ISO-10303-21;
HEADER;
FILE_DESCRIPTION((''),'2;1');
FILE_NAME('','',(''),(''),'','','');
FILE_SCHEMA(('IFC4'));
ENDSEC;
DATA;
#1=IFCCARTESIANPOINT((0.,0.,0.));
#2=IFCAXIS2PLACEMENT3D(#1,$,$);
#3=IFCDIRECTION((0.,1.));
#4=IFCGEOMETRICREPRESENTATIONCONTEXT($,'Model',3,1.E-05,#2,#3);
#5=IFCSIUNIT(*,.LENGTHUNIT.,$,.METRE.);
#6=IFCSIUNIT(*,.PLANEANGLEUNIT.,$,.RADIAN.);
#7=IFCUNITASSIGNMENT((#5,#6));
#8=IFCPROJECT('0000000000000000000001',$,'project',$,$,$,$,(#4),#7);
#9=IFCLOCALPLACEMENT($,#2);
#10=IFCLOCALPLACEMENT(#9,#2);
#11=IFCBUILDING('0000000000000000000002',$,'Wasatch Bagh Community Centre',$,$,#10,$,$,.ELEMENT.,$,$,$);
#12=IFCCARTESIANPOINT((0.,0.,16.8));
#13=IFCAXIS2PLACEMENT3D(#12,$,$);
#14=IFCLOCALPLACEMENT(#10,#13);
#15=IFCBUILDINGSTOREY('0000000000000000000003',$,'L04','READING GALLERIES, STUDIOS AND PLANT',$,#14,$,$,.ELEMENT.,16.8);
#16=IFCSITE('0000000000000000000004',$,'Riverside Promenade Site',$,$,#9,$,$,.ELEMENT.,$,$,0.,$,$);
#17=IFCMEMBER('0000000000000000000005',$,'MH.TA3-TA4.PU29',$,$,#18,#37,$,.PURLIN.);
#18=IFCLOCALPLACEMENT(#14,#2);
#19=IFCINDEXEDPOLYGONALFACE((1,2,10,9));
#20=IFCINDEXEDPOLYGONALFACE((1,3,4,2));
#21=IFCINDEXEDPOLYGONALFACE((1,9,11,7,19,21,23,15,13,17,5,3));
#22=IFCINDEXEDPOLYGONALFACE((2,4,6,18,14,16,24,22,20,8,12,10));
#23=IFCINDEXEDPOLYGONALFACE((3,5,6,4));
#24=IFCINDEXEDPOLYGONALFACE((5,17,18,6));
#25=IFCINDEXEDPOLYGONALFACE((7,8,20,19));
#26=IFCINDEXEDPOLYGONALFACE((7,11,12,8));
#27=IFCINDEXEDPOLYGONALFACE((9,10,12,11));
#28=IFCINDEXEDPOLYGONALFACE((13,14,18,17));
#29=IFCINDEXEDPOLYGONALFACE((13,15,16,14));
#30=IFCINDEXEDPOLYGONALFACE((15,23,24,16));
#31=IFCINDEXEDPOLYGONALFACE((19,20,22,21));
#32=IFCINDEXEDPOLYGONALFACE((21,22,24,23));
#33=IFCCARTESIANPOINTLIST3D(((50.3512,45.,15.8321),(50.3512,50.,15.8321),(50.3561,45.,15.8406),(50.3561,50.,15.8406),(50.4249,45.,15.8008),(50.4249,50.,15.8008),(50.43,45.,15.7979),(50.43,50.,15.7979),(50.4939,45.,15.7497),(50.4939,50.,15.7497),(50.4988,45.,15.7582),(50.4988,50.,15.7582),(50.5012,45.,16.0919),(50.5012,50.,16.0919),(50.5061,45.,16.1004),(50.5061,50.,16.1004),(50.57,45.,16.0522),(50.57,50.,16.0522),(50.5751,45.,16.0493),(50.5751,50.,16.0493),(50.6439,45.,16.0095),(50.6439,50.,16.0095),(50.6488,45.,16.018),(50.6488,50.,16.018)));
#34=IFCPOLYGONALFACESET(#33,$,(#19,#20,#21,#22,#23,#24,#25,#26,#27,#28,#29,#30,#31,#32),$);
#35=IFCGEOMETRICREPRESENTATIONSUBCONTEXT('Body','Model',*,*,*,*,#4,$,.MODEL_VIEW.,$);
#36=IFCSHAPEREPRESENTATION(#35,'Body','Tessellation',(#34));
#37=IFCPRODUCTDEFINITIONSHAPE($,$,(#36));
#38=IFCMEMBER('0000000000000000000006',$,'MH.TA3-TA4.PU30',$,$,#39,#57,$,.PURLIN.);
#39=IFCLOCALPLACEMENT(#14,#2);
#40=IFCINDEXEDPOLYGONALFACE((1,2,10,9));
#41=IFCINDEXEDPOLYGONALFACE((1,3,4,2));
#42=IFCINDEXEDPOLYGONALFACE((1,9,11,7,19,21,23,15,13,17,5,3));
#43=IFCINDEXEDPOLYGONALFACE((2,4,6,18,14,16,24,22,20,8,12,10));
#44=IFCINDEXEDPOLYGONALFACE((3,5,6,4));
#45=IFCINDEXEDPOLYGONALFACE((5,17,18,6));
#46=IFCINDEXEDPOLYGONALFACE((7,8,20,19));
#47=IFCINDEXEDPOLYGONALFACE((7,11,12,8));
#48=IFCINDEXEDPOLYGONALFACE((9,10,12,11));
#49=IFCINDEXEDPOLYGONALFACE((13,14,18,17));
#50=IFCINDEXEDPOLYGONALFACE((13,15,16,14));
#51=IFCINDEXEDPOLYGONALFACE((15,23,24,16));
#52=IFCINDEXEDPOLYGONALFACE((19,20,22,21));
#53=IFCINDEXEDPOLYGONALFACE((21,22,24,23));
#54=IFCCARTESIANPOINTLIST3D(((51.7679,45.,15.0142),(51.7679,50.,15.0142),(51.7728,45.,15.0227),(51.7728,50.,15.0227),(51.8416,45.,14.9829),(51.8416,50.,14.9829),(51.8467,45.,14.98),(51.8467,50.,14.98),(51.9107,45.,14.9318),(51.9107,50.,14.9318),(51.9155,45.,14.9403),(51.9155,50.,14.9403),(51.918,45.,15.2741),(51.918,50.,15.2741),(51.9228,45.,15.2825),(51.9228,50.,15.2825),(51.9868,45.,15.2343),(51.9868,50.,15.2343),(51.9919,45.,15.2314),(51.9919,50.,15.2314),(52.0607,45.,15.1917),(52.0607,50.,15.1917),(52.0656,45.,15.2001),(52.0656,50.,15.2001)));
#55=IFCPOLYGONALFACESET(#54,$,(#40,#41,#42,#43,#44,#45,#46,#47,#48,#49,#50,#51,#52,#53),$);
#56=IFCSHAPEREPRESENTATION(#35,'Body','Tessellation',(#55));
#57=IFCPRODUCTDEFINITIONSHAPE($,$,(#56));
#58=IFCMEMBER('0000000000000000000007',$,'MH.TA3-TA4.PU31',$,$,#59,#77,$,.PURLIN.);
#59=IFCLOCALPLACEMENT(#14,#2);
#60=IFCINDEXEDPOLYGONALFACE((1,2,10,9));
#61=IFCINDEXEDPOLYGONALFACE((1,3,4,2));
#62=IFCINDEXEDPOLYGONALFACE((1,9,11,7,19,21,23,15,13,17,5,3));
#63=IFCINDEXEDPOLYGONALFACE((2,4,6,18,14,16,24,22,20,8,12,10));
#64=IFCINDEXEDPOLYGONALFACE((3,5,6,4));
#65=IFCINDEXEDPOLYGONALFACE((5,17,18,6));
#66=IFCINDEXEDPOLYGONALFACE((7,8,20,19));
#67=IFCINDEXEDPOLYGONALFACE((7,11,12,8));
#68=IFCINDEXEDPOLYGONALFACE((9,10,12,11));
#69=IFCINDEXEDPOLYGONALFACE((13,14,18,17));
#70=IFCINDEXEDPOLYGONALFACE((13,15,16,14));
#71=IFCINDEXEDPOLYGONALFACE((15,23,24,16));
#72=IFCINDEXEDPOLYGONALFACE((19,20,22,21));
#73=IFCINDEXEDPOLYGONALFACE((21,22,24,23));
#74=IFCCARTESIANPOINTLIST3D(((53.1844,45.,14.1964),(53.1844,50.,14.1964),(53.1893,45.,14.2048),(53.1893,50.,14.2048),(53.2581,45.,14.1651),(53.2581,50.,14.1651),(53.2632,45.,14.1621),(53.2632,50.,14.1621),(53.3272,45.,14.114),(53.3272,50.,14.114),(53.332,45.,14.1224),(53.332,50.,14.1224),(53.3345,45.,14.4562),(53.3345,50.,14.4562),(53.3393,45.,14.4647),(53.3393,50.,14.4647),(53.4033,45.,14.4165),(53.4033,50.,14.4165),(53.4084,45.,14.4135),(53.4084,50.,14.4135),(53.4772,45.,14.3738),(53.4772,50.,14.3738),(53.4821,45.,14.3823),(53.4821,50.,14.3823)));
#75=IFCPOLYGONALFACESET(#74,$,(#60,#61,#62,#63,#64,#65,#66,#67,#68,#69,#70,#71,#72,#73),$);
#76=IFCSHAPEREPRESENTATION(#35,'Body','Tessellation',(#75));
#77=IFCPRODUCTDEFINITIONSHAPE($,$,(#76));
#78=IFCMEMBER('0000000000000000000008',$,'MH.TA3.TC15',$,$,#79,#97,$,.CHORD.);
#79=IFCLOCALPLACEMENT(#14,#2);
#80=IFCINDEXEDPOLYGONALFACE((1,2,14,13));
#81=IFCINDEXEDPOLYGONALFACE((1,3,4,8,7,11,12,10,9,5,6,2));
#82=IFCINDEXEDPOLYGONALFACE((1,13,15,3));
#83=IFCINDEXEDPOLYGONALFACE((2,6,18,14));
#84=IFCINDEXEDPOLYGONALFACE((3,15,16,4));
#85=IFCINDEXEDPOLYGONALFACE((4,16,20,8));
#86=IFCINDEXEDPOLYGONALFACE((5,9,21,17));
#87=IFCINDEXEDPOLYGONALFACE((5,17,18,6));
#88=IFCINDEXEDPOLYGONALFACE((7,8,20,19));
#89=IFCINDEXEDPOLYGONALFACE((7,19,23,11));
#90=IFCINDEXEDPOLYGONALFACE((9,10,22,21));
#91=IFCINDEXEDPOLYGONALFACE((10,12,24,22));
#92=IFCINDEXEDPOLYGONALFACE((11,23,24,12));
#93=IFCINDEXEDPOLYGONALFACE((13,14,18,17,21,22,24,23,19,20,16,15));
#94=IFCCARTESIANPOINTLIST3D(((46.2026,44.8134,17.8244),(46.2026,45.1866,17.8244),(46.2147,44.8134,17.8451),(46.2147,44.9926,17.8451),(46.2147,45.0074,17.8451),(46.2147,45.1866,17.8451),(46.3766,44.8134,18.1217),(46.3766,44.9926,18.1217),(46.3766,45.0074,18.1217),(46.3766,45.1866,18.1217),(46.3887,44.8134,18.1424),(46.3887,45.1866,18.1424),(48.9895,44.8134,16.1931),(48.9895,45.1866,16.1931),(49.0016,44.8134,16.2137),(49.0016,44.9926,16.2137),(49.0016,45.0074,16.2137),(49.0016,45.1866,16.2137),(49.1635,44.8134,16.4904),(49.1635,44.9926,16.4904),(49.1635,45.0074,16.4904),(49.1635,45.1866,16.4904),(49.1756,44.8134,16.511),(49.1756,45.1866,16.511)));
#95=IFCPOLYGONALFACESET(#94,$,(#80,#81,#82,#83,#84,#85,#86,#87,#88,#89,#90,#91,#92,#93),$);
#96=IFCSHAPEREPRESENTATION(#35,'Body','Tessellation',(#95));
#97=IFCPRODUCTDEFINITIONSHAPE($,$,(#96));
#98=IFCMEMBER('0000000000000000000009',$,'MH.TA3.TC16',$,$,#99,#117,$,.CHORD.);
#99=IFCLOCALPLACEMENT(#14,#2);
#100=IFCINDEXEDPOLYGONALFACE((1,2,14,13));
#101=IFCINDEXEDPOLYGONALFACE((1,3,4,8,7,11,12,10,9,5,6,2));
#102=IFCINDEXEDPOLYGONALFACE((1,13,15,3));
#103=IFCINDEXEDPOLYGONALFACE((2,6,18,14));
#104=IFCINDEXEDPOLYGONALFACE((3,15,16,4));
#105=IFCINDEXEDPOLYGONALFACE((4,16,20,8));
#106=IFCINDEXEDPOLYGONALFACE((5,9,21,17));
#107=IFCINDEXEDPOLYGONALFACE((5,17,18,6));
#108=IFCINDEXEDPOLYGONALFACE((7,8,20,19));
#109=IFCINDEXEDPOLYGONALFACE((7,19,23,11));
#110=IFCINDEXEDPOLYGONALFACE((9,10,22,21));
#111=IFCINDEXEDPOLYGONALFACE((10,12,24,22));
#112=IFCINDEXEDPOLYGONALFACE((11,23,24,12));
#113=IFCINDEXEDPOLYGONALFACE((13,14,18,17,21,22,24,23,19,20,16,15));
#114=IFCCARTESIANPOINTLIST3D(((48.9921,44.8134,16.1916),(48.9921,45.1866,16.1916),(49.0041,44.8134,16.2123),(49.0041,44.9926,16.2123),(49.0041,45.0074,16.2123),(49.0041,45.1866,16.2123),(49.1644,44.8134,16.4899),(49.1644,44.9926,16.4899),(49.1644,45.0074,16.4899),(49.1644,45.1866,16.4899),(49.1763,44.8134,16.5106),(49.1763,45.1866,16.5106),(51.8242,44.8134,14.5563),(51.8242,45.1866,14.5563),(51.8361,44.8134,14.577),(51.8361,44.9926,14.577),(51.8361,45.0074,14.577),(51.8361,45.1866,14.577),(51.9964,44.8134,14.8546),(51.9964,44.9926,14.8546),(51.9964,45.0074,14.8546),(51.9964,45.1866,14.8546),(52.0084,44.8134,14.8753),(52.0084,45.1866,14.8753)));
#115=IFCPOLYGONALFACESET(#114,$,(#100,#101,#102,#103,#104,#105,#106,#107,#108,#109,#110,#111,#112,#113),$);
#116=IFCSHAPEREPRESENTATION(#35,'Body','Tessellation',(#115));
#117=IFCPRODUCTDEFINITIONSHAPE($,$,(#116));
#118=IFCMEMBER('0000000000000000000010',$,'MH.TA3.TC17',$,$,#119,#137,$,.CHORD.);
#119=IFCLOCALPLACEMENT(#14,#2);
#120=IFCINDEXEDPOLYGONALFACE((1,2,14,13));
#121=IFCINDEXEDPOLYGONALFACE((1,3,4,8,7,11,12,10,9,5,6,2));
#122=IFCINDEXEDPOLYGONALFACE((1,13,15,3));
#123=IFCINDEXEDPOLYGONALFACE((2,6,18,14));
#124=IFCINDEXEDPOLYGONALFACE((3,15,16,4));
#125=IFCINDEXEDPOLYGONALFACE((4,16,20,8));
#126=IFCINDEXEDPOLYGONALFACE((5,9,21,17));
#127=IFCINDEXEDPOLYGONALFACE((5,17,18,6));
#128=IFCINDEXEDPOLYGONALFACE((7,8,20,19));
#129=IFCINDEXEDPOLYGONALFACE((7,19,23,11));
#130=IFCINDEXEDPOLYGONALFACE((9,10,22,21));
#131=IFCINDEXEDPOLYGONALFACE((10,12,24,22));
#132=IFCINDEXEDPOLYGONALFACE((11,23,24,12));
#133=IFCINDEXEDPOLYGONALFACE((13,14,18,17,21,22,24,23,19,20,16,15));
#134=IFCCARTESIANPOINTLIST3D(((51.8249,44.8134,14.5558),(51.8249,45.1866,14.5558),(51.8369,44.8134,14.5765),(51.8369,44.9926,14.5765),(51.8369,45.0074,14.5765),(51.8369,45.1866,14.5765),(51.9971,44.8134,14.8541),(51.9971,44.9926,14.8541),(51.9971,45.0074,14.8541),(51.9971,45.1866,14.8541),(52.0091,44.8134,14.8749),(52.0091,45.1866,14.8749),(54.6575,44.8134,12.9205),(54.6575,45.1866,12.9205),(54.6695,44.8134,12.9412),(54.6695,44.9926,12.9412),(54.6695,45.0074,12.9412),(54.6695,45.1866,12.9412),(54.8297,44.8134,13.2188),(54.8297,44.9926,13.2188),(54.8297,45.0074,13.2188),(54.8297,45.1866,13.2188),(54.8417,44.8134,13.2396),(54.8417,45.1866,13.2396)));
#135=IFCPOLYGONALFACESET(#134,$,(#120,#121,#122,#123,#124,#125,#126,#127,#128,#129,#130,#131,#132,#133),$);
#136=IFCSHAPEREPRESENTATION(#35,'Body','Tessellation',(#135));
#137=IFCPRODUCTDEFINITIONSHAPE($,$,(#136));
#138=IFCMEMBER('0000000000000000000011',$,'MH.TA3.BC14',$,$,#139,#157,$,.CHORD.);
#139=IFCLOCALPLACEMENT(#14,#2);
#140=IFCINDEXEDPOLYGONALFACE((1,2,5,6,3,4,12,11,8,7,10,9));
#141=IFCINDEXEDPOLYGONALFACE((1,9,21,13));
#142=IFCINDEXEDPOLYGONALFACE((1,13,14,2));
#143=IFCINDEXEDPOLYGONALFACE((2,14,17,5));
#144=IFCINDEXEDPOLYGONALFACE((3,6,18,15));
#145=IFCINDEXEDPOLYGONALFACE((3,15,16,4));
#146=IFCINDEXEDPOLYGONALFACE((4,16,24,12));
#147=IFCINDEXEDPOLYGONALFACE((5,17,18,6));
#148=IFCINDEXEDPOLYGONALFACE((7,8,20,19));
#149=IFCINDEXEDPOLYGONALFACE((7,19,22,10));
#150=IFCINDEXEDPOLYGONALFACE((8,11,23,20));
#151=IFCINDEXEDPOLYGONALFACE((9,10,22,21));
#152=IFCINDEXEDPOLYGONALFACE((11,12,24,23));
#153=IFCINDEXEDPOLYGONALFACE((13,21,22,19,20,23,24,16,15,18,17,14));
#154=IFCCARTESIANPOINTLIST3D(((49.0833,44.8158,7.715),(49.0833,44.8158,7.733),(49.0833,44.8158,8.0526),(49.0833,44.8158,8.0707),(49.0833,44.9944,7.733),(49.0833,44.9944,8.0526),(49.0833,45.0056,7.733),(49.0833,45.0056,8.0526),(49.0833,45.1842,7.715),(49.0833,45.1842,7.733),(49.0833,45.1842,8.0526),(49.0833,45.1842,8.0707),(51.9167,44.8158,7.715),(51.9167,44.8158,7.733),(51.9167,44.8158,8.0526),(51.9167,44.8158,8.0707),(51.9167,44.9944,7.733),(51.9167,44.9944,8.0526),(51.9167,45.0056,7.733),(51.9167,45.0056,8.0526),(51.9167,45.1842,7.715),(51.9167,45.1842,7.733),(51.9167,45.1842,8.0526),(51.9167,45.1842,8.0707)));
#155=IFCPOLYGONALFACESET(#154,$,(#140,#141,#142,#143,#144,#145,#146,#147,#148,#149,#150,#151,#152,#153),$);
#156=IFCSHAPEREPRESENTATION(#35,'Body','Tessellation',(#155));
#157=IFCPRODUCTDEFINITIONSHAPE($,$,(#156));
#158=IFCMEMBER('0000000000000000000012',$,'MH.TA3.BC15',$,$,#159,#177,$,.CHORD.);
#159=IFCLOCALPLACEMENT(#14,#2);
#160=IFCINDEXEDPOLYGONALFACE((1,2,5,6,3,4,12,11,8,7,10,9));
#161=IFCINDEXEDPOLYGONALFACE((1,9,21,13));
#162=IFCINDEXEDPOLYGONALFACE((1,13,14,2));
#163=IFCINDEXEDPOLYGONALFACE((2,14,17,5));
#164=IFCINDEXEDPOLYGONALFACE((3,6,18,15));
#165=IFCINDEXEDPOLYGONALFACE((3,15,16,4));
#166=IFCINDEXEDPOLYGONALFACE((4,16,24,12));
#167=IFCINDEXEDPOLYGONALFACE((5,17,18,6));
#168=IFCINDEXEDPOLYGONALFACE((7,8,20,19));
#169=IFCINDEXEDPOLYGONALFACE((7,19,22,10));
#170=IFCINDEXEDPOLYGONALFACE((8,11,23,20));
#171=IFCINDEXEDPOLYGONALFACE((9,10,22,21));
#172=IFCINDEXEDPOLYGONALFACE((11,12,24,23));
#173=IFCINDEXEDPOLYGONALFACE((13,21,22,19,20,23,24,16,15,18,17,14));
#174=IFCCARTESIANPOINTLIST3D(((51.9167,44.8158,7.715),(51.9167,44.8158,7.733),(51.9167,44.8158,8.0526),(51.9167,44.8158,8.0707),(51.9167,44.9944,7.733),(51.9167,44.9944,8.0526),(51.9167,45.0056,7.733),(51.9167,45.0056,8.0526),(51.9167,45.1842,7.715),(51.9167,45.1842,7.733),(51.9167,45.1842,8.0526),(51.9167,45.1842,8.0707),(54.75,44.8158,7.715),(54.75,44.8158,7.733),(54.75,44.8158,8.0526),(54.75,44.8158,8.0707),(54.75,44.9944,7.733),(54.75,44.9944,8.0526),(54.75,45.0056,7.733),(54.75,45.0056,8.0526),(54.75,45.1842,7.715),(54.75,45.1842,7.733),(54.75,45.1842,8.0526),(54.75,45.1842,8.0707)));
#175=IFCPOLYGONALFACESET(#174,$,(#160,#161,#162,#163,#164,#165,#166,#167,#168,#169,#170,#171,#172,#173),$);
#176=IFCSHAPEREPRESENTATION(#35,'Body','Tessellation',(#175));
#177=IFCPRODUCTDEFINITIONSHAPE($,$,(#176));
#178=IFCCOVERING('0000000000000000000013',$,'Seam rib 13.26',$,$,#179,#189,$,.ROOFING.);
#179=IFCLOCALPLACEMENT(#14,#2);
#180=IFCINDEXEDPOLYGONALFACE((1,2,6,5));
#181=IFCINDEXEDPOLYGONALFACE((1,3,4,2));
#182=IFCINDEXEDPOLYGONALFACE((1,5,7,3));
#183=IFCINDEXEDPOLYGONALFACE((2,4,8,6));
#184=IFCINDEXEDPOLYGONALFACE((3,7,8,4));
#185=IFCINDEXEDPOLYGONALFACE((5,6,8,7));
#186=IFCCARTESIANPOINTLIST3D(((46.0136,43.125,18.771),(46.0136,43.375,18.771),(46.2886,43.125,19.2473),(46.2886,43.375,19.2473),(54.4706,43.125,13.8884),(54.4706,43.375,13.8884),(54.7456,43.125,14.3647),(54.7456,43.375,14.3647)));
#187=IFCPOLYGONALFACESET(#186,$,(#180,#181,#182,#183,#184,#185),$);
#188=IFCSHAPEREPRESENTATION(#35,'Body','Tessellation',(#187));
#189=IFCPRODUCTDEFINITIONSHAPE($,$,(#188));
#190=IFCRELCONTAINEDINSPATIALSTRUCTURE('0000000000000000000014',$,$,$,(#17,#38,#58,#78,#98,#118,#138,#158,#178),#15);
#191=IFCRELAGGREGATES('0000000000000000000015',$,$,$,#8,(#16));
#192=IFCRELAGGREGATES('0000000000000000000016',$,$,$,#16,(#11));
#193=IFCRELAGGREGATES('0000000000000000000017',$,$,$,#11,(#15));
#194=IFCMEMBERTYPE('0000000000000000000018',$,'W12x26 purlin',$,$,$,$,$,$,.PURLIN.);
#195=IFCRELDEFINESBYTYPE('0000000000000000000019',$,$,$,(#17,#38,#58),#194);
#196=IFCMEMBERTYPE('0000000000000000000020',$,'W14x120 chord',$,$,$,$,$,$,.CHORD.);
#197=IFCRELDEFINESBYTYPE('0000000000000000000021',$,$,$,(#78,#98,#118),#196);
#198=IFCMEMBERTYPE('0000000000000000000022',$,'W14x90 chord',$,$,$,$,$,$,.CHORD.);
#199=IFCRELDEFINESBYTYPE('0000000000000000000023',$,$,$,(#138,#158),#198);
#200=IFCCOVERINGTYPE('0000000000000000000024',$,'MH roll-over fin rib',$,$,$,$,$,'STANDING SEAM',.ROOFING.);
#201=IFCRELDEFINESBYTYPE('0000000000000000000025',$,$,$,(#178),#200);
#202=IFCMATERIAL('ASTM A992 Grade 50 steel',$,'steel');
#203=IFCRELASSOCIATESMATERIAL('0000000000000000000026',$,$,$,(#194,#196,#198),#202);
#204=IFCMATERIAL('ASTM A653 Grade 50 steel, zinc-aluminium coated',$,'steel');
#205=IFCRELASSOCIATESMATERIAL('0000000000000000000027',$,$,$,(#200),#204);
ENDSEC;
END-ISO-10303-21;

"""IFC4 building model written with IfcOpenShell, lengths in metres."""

from ifc_helpers import new_model, si_unit, direction, frame, origin, origin_2d, place, context, subcontext, project, spatial, polyline, i_section, outline, extrude, material, material_profile, profile_set, type_object, element, save


model = new_model("IFC4")

# Units and contexts
model_context = context("Model", 3, precision=1e-05, world=origin(), true_north=direction((0.0, 1.0)))
body_context = subcontext(model_context, "Body", "Model", "MODEL_VIEW")
ifc_project = project(units=[si_unit("LENGTHUNIT", "METRE"), si_unit("PLANEANGLEUNIT", "RADIAN")], contexts=[model_context])

# Site, building, storey
site_placement = place(None, origin())
site = spatial("IfcSite", under=ifc_project, at=site_placement, Name="Riverside Promenade Site", CompositionType="ELEMENT", RefElevation=0.0)
building_placement = place(site_placement, origin())
building = spatial("IfcBuilding", under=site, at=building_placement, Name="Wasatch Bagh Community Centre", CompositionType="ELEMENT")
storey_placement = place(building_placement, frame((0.0, 0.0, 16.8)))
storey = spatial("IfcBuildingStorey", under=building, at=storey_placement, Name="L04", Description="READING GALLERIES, STUDIOS AND PLANT", CompositionType="ELEMENT", Elevation=16.8)

# Members
ifc_material_1 = material(Name="ASTM A992 Grade 50 steel", Category="steel")
ifc_material_profile_1 = material_profile(ifc_material_1, i_section(OverallWidth=0.1648, OverallDepth=0.3098, WebThickness=0.0059, FlangeThickness=0.0098, at=origin_2d()), Name="W12x26")
ifc_profile_set_1 = profile_set([ifc_material_profile_1], Name="ASTM A992 Grade 50 steel")
member_type_1 = type_object("IfcMemberType", Name="W12x26 purlin", PredefinedType="PURLIN", material=ifc_profile_set_1)
for number, where, z_axis, x_axis, name in (
    (1, (50.5, 45.0, 15.925), (0.0, 1.0, 0.0), (-0.866025, 0.0, 0.5), "MH.TA3-TA4.PU29"),
    (2, (51.9167, 45.0, 15.1072), (0.0, 1.0, 0.0), (-0.866025, 0.0, 0.5), "MH.TA3-TA4.PU30"),
    (3, (53.3333, 45.0, 14.2893), (0.0, 1.0, 0.0), (-0.866025, 0.0, 0.5), "MH.TA3-TA4.PU31"),
):
    element("IfcMember", number, at=place(storey_placement, frame(where, z_axis=z_axis, x_axis=x_axis)), inside=storey, type_object=member_type_1, Name=name, PredefinedType="PURLIN", context=body_context, shape_type="SweptSolid", body=[
        extrude(i_section(OverallWidth=0.1648, OverallDepth=0.3098, WebThickness=0.0059, FlangeThickness=0.0098, at=origin_2d()), origin(), (0.0, 0.0, 1.0), 5.0),
    ])
ifc_material_profile_2 = material_profile(ifc_material_1, i_section(OverallWidth=0.3733, OverallDepth=0.3684, WebThickness=0.0149, FlangeThickness=0.0239, at=origin_2d()), Name="W14x120")
ifc_profile_set_2 = profile_set([ifc_material_profile_2], Name="ASTM A992 Grade 50 steel")
member_type_2 = type_object("IfcMemberType", Name="W14x120 chord", PredefinedType="CHORD", material=ifc_profile_set_2)
member_1_placement = place(storey_placement, frame((46.2957, 45.0, 17.9834), z_axis=(0.863013, 0.0, -0.505182), x_axis=(0.0, 1.0, 0.0)))
element("IfcMember", 4, at=member_1_placement, inside=storey, type_object=member_type_2, Name="MH.TA3.TC15", PredefinedType="CHORD", context=body_context, shape_type="SweptSolid", body=[
    extrude(i_section(OverallWidth=0.3733, OverallDepth=0.3684, WebThickness=0.0149, FlangeThickness=0.0239, at=origin_2d()), origin(), (0.0, 0.0, 1.0), 3.2292),
])
member_2_placement = place(storey_placement, frame((49.0842, 45.0, 16.3511), z_axis=(0.866002, 0.0, -0.500041), x_axis=(0.0, 1.0, 0.0)))
element("IfcMember", 5, at=member_2_placement, inside=storey, type_object=member_type_2, Name="MH.TA3.TC16", PredefinedType="CHORD", context=body_context, shape_type="SweptSolid", body=[
    extrude(i_section(OverallWidth=0.3733, OverallDepth=0.3684, WebThickness=0.0149, FlangeThickness=0.0239, at=origin_2d()), origin(), (0.0, 0.0, 1.0), 3.2703),
])
member_3_placement = place(storey_placement, frame((51.917, 45.0, 14.7153), z_axis=(0.866039, 0.0, -0.499977), x_axis=(0.0, 1.0, 0.0)))
element("IfcMember", 6, at=member_3_placement, inside=storey, type_object=member_type_2, Name="MH.TA3.TC17", PredefinedType="CHORD", context=body_context, shape_type="SweptSolid", body=[
    extrude(i_section(OverallWidth=0.3733, OverallDepth=0.3684, WebThickness=0.0149, FlangeThickness=0.0239, at=origin_2d()), origin(), (0.0, 0.0, 1.0), 3.2708),
])
ifc_material_profile_3 = material_profile(ifc_material_1, i_section(OverallWidth=0.3684, OverallDepth=0.3557, WebThickness=0.0112, FlangeThickness=0.0181, at=origin_2d()), Name="W14x90")
ifc_profile_set_3 = profile_set([ifc_material_profile_3], Name="ASTM A992 Grade 50 steel")
member_type_3 = type_object("IfcMemberType", Name="W14x90 chord", PredefinedType="CHORD", material=ifc_profile_set_3)
member_4_placement = place(storey_placement, frame((49.0833, 45.0, 7.8928), z_axis=(1.0, 0.0, 0.0), x_axis=(0.0, 1.0, 0.0)))
element("IfcMember", 7, at=member_4_placement, inside=storey, type_object=member_type_3, Name="MH.TA3.BC14", PredefinedType="CHORD", context=body_context, shape_type="SweptSolid", body=[
    extrude(i_section(OverallWidth=0.3684, OverallDepth=0.3557, WebThickness=0.0112, FlangeThickness=0.0181, at=origin_2d()), origin(), (0.0, 0.0, 1.0), 2.8335),
])
member_5_placement = place(storey_placement, frame((51.9167, 45.0, 7.8928), z_axis=(1.0, 0.0, 0.0), x_axis=(0.0, 1.0, 0.0)))
element("IfcMember", 8, at=member_5_placement, inside=storey, type_object=member_type_3, Name="MH.TA3.BC15", PredefinedType="CHORD", context=body_context, shape_type="SweptSolid", body=[
    extrude(i_section(OverallWidth=0.3684, OverallDepth=0.3557, WebThickness=0.0112, FlangeThickness=0.0181, at=origin_2d()), origin(), (0.0, 0.0, 1.0), 2.8333),
])

# Covering
ifc_material_2 = material(Name="ASTM A653 Grade 50 steel, zinc-aluminium coated", Category="steel")
covering_type = type_object("IfcCoveringType", Name="MH roll-over fin rib", ElementType="STANDING SEAM", PredefinedType="ROOFING", material=ifc_material_2)
for number, where, z_axis, x_axis, name in (
    (9, (46.2886, 43.125, 19.2473), (0.499992, 0.0, 0.86603), (0.86603, 0.0, -0.499992), "Seam rib 13.26"),
):
    element("IfcCovering", number, at=place(storey_placement, frame(where, z_axis=z_axis, x_axis=x_axis)), inside=storey, type_object=covering_type, Name=name, PredefinedType="ROOFING", context=body_context, shape_type="SweptSolid", body=[
        extrude(outline(polyline([(0.0, 0.0), (9.7653, 0.0), (9.7653, 0.25), (0.0, 0.25), (0.0, 0.0)])), origin(), (0.0, 0.0, -1.0), 0.55),
    ])

save(model, "model.ifc")
